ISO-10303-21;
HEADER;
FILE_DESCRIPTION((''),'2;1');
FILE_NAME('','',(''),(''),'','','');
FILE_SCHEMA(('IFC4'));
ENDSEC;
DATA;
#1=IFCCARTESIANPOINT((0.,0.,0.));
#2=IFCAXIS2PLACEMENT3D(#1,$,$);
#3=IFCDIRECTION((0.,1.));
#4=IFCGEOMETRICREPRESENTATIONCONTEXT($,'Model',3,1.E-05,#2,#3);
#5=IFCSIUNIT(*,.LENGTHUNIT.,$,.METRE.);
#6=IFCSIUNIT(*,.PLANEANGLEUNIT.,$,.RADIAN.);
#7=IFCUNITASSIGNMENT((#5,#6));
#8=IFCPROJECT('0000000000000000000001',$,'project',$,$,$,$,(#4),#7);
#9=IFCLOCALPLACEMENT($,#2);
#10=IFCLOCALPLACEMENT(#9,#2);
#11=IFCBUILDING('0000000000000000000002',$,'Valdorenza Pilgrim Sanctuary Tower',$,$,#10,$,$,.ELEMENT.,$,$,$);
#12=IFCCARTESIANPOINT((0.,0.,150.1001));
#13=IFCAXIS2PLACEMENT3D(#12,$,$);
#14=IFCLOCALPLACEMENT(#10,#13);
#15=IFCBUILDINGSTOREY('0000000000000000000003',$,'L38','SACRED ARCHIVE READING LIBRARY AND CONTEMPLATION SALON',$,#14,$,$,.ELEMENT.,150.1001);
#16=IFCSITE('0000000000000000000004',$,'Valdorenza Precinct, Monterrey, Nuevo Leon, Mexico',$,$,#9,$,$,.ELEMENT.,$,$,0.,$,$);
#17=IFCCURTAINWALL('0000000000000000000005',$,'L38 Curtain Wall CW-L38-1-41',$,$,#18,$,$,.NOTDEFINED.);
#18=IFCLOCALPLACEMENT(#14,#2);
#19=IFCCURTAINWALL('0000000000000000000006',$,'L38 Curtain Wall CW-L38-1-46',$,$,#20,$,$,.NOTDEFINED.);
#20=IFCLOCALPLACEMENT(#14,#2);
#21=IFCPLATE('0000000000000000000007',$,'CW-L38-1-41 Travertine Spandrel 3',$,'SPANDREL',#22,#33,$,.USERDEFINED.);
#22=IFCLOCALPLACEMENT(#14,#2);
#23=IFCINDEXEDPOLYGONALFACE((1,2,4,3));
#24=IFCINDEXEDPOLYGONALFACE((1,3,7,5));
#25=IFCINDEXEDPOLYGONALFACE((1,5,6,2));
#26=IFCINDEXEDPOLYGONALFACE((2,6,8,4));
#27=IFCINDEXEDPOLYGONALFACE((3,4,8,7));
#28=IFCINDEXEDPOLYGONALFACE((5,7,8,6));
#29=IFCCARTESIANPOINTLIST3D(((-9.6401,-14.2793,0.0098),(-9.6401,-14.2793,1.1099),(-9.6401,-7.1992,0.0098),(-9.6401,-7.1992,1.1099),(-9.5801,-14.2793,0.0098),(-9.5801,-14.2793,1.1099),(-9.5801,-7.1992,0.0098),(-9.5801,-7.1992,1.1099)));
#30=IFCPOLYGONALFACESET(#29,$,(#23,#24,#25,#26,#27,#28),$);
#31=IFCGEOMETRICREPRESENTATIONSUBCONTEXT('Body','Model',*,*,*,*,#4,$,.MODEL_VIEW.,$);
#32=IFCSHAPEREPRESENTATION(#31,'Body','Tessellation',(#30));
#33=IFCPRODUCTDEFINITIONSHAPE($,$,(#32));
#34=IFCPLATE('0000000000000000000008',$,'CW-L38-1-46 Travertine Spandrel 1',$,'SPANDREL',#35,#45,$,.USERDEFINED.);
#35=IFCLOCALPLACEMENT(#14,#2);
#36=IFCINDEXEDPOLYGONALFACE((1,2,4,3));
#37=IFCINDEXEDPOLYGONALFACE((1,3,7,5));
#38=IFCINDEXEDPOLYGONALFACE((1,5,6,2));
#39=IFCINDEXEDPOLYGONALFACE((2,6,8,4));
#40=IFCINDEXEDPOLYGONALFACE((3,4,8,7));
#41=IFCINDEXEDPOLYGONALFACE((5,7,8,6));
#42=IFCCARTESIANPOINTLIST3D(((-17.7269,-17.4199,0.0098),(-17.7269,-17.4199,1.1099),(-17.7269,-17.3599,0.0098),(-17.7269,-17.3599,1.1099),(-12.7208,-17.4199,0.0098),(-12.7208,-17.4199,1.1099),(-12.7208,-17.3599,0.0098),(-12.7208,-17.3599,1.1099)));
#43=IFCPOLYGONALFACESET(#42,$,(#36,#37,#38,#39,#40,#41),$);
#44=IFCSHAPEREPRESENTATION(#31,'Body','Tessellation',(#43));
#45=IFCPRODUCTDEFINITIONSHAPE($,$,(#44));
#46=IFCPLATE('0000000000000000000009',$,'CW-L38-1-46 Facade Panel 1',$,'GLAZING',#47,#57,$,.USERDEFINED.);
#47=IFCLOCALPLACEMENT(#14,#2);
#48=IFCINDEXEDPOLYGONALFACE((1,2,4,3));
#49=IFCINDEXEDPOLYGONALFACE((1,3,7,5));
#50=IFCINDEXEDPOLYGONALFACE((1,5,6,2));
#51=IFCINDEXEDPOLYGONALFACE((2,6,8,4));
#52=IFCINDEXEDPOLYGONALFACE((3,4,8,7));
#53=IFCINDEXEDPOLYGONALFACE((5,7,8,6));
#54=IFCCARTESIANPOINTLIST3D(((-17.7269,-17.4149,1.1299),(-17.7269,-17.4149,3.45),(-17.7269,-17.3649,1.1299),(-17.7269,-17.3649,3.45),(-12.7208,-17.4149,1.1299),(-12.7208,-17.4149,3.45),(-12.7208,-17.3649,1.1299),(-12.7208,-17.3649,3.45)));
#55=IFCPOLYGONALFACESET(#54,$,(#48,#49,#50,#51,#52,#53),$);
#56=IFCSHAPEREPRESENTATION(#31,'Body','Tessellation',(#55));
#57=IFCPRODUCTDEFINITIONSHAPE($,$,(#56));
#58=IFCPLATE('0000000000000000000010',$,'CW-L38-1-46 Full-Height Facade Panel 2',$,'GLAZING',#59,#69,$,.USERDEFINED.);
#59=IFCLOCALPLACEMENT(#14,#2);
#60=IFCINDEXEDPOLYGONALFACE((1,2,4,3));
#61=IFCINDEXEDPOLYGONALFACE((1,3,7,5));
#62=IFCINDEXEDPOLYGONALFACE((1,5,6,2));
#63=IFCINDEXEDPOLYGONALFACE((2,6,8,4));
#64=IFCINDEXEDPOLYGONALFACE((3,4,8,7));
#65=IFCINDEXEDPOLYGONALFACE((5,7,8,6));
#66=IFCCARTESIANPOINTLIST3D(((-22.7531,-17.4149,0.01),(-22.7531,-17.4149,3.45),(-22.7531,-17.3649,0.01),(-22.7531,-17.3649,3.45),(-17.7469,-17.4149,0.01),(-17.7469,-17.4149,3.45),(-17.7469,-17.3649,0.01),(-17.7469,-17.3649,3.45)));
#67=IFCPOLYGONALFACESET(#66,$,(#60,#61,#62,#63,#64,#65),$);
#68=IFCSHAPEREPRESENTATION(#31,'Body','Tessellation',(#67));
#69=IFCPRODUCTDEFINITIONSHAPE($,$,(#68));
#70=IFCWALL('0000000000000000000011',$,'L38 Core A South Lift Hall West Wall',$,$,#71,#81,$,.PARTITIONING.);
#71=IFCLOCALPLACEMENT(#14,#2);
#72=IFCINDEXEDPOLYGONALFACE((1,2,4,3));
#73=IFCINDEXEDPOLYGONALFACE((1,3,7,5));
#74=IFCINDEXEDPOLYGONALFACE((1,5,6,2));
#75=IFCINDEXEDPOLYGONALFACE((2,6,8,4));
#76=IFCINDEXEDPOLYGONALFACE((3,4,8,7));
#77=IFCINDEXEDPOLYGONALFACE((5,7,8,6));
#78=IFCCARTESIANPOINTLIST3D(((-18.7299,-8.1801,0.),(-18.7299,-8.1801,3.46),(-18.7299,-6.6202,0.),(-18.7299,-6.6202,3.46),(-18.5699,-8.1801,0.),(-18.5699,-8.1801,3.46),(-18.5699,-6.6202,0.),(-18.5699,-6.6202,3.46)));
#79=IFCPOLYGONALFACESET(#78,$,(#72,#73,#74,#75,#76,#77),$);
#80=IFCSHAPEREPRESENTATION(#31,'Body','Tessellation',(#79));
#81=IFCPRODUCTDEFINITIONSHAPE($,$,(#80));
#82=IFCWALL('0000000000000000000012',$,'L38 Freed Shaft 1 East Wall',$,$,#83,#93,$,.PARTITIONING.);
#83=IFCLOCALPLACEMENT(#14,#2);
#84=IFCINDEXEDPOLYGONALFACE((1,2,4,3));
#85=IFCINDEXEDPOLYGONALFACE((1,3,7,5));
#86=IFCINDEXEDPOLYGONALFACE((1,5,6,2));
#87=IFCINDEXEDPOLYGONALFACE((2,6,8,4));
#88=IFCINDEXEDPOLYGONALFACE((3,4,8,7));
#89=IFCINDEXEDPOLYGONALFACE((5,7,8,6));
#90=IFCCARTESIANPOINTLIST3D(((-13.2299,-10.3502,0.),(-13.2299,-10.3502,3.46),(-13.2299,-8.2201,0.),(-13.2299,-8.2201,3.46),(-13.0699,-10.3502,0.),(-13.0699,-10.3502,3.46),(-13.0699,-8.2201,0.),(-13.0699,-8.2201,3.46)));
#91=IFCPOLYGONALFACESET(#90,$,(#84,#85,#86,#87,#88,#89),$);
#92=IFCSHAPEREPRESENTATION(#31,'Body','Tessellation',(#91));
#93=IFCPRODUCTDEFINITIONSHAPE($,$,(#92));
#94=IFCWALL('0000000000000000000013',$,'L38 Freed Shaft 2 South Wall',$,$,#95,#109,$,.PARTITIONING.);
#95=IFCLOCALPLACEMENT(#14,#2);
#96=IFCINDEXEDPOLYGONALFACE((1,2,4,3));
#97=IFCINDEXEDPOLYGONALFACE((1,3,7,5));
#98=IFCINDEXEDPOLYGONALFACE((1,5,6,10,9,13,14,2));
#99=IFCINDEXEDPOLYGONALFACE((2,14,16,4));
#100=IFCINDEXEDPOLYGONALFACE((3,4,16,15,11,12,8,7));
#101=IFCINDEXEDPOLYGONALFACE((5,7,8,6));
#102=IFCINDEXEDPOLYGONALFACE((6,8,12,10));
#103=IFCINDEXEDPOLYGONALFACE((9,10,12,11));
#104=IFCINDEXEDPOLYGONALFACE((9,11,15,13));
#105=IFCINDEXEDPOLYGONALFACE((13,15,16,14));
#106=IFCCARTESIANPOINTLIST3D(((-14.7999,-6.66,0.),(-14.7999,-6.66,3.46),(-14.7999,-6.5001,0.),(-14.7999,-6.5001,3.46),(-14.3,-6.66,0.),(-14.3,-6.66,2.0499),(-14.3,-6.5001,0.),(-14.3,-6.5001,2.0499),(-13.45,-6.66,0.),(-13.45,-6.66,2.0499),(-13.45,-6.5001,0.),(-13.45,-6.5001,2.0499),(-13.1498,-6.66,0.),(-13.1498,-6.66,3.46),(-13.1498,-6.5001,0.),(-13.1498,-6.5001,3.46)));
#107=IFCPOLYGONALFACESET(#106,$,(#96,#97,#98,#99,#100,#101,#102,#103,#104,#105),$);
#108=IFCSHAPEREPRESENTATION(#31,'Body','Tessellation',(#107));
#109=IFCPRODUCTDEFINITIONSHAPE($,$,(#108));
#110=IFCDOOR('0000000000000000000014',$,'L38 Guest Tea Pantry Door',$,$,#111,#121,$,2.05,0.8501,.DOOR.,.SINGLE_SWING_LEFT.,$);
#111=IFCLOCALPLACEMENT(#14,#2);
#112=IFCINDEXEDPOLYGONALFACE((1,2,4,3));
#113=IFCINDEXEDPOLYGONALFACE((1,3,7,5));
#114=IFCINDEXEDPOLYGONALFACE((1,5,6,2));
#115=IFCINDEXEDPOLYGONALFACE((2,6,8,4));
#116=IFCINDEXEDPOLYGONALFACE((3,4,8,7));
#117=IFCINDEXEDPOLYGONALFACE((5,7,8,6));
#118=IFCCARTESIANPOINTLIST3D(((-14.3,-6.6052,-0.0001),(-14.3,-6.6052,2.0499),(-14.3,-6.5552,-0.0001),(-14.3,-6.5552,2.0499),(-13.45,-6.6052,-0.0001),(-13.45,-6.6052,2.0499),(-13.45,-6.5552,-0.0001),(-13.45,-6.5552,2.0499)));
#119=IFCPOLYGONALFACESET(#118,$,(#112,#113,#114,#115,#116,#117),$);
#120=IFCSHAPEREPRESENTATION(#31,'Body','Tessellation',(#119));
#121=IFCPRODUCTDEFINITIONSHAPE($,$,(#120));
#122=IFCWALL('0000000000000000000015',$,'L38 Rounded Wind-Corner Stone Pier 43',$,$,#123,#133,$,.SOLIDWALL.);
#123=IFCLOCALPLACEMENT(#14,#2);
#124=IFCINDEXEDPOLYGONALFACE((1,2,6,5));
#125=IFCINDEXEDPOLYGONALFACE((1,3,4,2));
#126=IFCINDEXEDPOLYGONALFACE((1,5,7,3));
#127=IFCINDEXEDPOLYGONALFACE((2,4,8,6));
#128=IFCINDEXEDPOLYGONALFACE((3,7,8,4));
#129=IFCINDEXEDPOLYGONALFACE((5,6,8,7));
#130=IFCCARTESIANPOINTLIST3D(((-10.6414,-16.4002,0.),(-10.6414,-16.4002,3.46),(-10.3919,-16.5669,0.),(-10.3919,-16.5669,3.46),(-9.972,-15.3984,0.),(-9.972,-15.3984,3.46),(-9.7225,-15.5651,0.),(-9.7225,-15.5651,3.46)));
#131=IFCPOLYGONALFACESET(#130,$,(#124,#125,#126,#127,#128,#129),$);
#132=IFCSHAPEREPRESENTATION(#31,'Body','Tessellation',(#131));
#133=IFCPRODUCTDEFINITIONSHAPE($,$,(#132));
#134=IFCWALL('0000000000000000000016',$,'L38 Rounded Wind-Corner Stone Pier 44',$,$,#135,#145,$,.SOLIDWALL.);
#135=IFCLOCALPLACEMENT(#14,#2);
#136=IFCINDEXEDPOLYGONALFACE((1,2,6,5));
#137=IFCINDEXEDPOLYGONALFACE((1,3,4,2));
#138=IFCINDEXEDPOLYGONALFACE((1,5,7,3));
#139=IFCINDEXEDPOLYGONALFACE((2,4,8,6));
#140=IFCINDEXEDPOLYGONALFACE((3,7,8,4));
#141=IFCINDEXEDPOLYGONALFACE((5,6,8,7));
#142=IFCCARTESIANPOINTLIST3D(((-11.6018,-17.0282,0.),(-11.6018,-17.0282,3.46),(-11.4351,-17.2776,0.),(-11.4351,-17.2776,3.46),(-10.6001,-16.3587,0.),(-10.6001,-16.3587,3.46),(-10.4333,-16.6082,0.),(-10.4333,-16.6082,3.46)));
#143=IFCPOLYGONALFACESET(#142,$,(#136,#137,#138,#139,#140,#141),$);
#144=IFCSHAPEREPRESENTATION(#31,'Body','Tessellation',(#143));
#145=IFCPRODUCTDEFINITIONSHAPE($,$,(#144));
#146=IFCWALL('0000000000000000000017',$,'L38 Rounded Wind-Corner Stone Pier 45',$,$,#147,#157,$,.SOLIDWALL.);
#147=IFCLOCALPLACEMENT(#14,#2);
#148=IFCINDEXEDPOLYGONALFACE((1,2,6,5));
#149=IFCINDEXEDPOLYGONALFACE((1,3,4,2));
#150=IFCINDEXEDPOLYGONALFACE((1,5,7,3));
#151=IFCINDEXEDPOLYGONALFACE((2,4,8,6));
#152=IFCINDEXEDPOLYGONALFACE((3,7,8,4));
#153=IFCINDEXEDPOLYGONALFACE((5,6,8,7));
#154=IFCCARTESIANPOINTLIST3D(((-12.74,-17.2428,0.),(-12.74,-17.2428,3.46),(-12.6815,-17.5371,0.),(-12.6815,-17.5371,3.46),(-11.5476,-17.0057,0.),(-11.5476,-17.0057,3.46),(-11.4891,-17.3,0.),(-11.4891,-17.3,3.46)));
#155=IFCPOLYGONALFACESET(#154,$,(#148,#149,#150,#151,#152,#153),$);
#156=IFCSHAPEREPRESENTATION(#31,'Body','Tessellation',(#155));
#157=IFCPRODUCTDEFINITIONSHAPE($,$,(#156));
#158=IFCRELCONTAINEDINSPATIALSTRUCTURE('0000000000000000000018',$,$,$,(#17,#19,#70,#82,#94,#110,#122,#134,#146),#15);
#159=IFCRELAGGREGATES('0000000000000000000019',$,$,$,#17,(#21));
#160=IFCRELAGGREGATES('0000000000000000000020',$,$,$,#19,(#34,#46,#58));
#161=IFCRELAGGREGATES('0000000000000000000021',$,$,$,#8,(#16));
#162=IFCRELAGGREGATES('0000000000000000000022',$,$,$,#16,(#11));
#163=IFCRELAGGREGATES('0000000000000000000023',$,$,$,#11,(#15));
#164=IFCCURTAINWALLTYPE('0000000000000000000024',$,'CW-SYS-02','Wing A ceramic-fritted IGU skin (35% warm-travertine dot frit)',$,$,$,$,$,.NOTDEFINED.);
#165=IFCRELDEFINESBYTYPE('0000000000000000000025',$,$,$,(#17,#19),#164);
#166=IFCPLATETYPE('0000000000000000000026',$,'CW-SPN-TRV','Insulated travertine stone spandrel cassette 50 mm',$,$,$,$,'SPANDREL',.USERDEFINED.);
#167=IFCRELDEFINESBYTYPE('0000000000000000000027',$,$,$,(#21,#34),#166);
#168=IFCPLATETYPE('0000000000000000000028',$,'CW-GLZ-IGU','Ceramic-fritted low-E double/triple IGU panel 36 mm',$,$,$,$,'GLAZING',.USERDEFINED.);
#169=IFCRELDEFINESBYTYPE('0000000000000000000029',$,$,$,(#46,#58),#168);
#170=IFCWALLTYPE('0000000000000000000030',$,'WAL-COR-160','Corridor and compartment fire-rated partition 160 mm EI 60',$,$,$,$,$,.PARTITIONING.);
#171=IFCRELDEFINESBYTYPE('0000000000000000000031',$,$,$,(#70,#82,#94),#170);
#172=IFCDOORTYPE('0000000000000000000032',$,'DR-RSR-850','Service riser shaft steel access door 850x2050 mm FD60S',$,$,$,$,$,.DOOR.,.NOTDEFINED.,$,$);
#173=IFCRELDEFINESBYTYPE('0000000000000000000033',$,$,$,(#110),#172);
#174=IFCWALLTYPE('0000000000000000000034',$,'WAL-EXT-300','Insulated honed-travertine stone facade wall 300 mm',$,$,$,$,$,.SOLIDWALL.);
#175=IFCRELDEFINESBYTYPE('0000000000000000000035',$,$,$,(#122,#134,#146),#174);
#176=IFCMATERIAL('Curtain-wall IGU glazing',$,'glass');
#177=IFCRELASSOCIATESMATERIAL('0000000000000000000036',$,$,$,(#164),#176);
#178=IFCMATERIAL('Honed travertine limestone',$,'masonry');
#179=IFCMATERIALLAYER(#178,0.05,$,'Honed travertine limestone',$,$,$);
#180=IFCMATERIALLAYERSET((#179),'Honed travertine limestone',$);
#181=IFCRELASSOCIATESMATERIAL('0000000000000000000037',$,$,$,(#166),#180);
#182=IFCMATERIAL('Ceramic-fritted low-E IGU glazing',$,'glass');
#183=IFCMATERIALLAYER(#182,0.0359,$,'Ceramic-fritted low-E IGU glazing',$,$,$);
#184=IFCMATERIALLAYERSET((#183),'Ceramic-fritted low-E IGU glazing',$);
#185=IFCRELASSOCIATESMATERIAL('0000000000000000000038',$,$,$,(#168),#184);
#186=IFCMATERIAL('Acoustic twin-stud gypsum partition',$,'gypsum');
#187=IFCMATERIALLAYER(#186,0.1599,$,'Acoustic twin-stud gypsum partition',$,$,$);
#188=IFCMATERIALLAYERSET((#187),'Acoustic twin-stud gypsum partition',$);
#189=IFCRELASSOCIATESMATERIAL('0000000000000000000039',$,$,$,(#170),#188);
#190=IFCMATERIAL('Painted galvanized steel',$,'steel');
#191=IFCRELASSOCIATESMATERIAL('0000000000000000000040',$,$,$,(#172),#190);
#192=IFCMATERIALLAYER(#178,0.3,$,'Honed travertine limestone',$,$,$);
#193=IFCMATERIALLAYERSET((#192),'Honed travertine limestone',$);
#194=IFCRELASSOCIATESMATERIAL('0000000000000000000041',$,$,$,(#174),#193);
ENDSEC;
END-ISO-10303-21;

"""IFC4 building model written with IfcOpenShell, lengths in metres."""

from ifc_helpers import new_model, si_unit, direction, frame, frame_2d, origin, origin_2d, place, context, subcontext, project, spatial, rectangle, extrude, source, transform, mapped, material, layer, layer_set, type_object, element, fill, aggregate, save


model = new_model("IFC4")

# Units and contexts
model_context = context("Model", 3, precision=1e-05, world=origin(), true_north=direction((0.0, 1.0)))
body_context = subcontext(model_context, "Body", "Model", "MODEL_VIEW")
ifc_project = project(units=[si_unit("LENGTHUNIT", "METRE"), si_unit("PLANEANGLEUNIT", "RADIAN")], contexts=[model_context])

# Site, building, storey
site_placement = place(None, origin())
site = spatial("IfcSite", under=ifc_project, at=site_placement, Name="Valdorenza Precinct, Monterrey, Nuevo Leon, Mexico", CompositionType="ELEMENT", RefElevation=0.0)
building_placement = place(site_placement, origin())
building = spatial("IfcBuilding", under=site, at=building_placement, Name="Valdorenza Pilgrim Sanctuary Tower", CompositionType="ELEMENT")
storey_placement = place(building_placement, frame((0.0, 0.0, 150.1001)))
storey = spatial("IfcBuildingStorey", under=building, at=storey_placement, Name="L38", Description="SACRED ARCHIVE READING LIBRARY AND CONTEMPLATION SALON", CompositionType="ELEMENT", Elevation=150.1001)

# Curtain walls
ifc_material_1 = material(Name="Curtain-wall IGU glazing", Category="glass")
curtain_wall_type = type_object("IfcCurtainWallType", Name="CW-SYS-02", Description="Wing A ceramic-fritted IGU skin (35% warm-travertine dot frit)", PredefinedType="NOTDEFINED", material=ifc_material_1)
curtain_wall_1_placement = place(storey_placement, origin())
curtain_wall_1 = element("IfcCurtainWall", 1, at=curtain_wall_1_placement, inside=storey, type_object=curtain_wall_type, Name="L38 Curtain Wall CW-L38-1-41", PredefinedType="NOTDEFINED")
curtain_wall_2_placement = place(storey_placement, origin())
curtain_wall_2 = element("IfcCurtainWall", 2, at=curtain_wall_2_placement, inside=storey, type_object=curtain_wall_type, Name="L38 Curtain Wall CW-L38-1-46", PredefinedType="NOTDEFINED")

# Plates
ifc_material_2 = material(Name="Honed travertine limestone", Category="masonry")
ifc_layer_1 = layer(ifc_material_2, 0.05, Name="Honed travertine limestone")
ifc_layer_set_1 = layer_set([ifc_layer_1], Name="Honed travertine limestone")
plate_type_1 = type_object("IfcPlateType", Name="CW-SPN-TRV", Description="Insulated travertine stone spandrel cassette 50 mm", ElementType="SPANDREL", PredefinedType="USERDEFINED", material=ifc_layer_set_1)
shared_shape_1 = source(origin(), body_context, "Body", "SweptSolid", [
    extrude(rectangle(XDim=7.0801, YDim=0.0601, at=origin_2d()), origin(), (0.0, 0.0, 1.0), 1.1001),
])
plate_1_placement = place(storey_placement, frame((-9.6101, -10.7393, 0.0098), z_axis=(0.0, 0.0, 1.0), x_axis=(0.0, -1.0, 0.0)))
plate_1 = element("IfcPlate", 3, at=plate_1_placement, type_object=plate_type_1, Name="CW-L38-1-41 Travertine Spandrel 3", ObjectType="SPANDREL", PredefinedType="USERDEFINED", context=body_context, shape_type="MappedRepresentation", body=[
    mapped(shared_shape_1, transform((0.0, 0.0, 0.0), x_axis=(1.0, 0.0, 0.0), y_axis=(0.0, 1.0, 0.0), z_axis=(0.0, 0.0, 1.0), scale=1.0)),
])
aggregate(curtain_wall_1, [plate_1])
shared_shape_2 = source(origin(), body_context, "Body", "SweptSolid", [
    extrude(rectangle(XDim=5.0061, YDim=0.0601, at=origin_2d()), origin(), (0.0, 0.0, 1.0), 1.1001),
])
plate_2_placement = place(storey_placement, frame((-15.2239, -17.3899, 0.0098), z_axis=(0.0, 0.0, 1.0), x_axis=(-1.0, 0.0, 0.0)))
plate_2 = element("IfcPlate", 4, at=plate_2_placement, type_object=plate_type_1, Name="CW-L38-1-46 Travertine Spandrel 1", ObjectType="SPANDREL", PredefinedType="USERDEFINED", context=body_context, shape_type="MappedRepresentation", body=[
    mapped(shared_shape_2, transform((0.0, 0.0, 0.0), x_axis=(1.0, 0.0, 0.0), y_axis=(0.0, 1.0, 0.0), z_axis=(0.0, 0.0, 1.0), scale=1.0)),
])
ifc_material_3 = material(Name="Ceramic-fritted low-E IGU glazing", Category="glass")
ifc_layer_2 = layer(ifc_material_3, 0.0359, Name="Ceramic-fritted low-E IGU glazing")
ifc_layer_set_2 = layer_set([ifc_layer_2], Name="Ceramic-fritted low-E IGU glazing")
plate_type_2 = type_object("IfcPlateType", Name="CW-GLZ-IGU", Description="Ceramic-fritted low-E double/triple IGU panel 36 mm", ElementType="GLAZING", PredefinedType="USERDEFINED", material=ifc_layer_set_2)
shared_shape_3 = source(origin(), body_context, "Body", "SweptSolid", [
    extrude(rectangle(XDim=5.0061, YDim=0.05, at=origin_2d()), origin(), (0.0, 0.0, 1.0), 2.3201),
])
plate_3_placement = place(storey_placement, frame((-15.2239, -17.3899, 1.1299), z_axis=(0.0, 0.0, 1.0), x_axis=(-1.0, 0.0, 0.0)))
plate_3 = element("IfcPlate", 5, at=plate_3_placement, type_object=plate_type_2, Name="CW-L38-1-46 Facade Panel 1", ObjectType="GLAZING", PredefinedType="USERDEFINED", context=body_context, shape_type="MappedRepresentation", body=[
    mapped(shared_shape_3, transform((0.0, 0.0, 0.0), x_axis=(1.0, 0.0, 0.0), y_axis=(0.0, 1.0, 0.0), z_axis=(0.0, 0.0, 1.0), scale=1.0)),
])
shared_shape_4 = source(origin(), body_context, "Body", "SweptSolid", [
    extrude(rectangle(XDim=5.0061, YDim=0.05, at=origin_2d()), origin(), (0.0, 0.0, 1.0), 3.4399),
])
plate_4_placement = place(storey_placement, frame((-20.25, -17.3899, 0.01), z_axis=(0.0, 0.0, 1.0), x_axis=(-1.0, 0.0, 0.0)))
plate_4 = element("IfcPlate", 6, at=plate_4_placement, type_object=plate_type_2, Name="CW-L38-1-46 Full-Height Facade Panel 2", ObjectType="GLAZING", PredefinedType="USERDEFINED", context=body_context, shape_type="MappedRepresentation", body=[
    mapped(shared_shape_4, transform((0.0, 0.0, 0.0), x_axis=(1.0, 0.0, 0.0), y_axis=(0.0, 1.0, 0.0), z_axis=(0.0, 0.0, 1.0), scale=1.0)),
])
aggregate(curtain_wall_2, [plate_2, plate_3, plate_4])

# Wall
ifc_material_4 = material(Name="Acoustic twin-stud gypsum partition", Category="gypsum")
ifc_layer_3 = layer(ifc_material_4, 0.1599, Name="Acoustic twin-stud gypsum partition")
ifc_layer_set_3 = layer_set([ifc_layer_3], Name="Acoustic twin-stud gypsum partition")
wall_type_1 = type_object("IfcWallType", Name="WAL-COR-160", Description="Corridor and compartment fire-rated partition 160 mm EI 60", PredefinedType="PARTITIONING", material=ifc_layer_set_3)
wall_1_placement = place(storey_placement, frame((-18.6499, -8.1799, 0.0), z_axis=(0.0, 0.0, 1.0), x_axis=(0.0, 1.0, 0.0)))
element("IfcWall", 7, at=wall_1_placement, inside=storey, type_object=wall_type_1, Name="L38 Core A South Lift Hall West Wall", PredefinedType="PARTITIONING", context=body_context, shape_type="SweptSolid", body=[
    extrude(rectangle(XDim=1.5598, YDim=0.1599, at=frame_2d((0.7798, 0.0))), origin(), (0.0, 0.0, 1.0), 3.46),
])

# Wall
wall_2_placement = place(storey_placement, frame((-13.1499, -10.3501, 0.0), z_axis=(0.0, 0.0, 1.0), x_axis=(0.0, 1.0, 0.0)))
element("IfcWall", 8, at=wall_2_placement, inside=storey, type_object=wall_type_1, Name="L38 Freed Shaft 1 East Wall", PredefinedType="PARTITIONING", context=body_context, shape_type="SweptSolid", body=[
    extrude(rectangle(XDim=2.1301, YDim=0.1599, at=frame_2d((1.0649, 0.0))), origin(), (0.0, 0.0, 1.0), 3.46),
])

# Wall, opening, door
wall_3_placement = place(storey_placement, frame((-14.8, -6.5801, 0.0), z_axis=(0.0, 0.0, 1.0), x_axis=(1.0, 0.0, 0.0)))
wall_3 = element("IfcWall", 9, at=wall_3_placement, inside=storey, type_object=wall_type_1, Name="L38 Freed Shaft 2 South Wall", PredefinedType="PARTITIONING", context=body_context, shape_type="SweptSolid", body=[
    extrude(rectangle(XDim=1.6501, YDim=0.1599, at=frame_2d((0.8252, 0.0))), origin(), (0.0, 0.0, 1.0), 3.46),
])
opening_1_placement = place(wall_3_placement, frame((0.5, 0.0, 0.0)))
opening_1 = element("IfcOpeningElement", 10, at=opening_1_placement, cuts=wall_3, PredefinedType="OPENING", context=body_context, shape_type="SweptSolid", body=[
    extrude(rectangle(XDim=0.8501, YDim=2.05, at=frame_2d((0.425, 1.0249))), frame((0.0, 0.0947, 0.0), z_axis=(0.0, -1.0, 0.0), x_axis=(1.0, 0.0, 0.0)), (0.0, 0.0, 1.0), 0.1897),
])
ifc_material_5 = material(Name="Painted galvanized steel", Category="steel")
door_type_1 = type_object("IfcDoorType", Name="DR-RSR-850", Description="Service riser shaft steel access door 850x2050 mm FD60S", OperationType="NOTDEFINED", PredefinedType="DOOR", material=ifc_material_5)
door_1_placement = place(opening_1_placement, origin())
door_1 = element("IfcDoor", 11, at=door_1_placement, inside=storey, type_object=door_type_1, Name="L38 Guest Tea Pantry Door", OperationType="SINGLE_SWING_LEFT", OverallHeight=2.05, OverallWidth=0.8501, PredefinedType="DOOR", context=body_context, shape_type="SweptSolid", body=[
    extrude(rectangle(XDim=0.8501, YDim=2.05, at=frame_2d((0.425, 1.0249))), frame((0.0, 0.0249, 0.0), z_axis=(0.0, -1.0, 0.0), x_axis=(1.0, 0.0, 0.0)), (0.0, 0.0, 1.0), 0.05),
])
fill(opening_1, door_1)

# Walls
ifc_layer_4 = layer(ifc_material_2, 0.3, Name="Honed travertine limestone")
ifc_layer_set_4 = layer_set([ifc_layer_4], Name="Honed travertine limestone")
wall_type_2 = type_object("IfcWallType", Name="WAL-EXT-300", Description="Insulated honed-travertine stone facade wall 300 mm", PredefinedType="SOLIDWALL", material=ifc_layer_set_4)
for number, where, z_axis, x_axis, name in (
    (12, (-9.8472, -15.4817, 0.0), (0.0, 0.0, 1.0), (-0.555635, -0.831426, 0.0), "L38 Rounded Wind-Corner Stone Pier 43"),
    (13, (-10.5166, -16.4834, 0.0), (0.0, 0.0, 1.0), (-0.831426, -0.555635, 0.0), "L38 Rounded Wind-Corner Stone Pier 44"),
):
    element("IfcWall", number, at=place(storey_placement, frame(where, z_axis=z_axis, x_axis=x_axis)), inside=storey, type_object=wall_type_2, Name=name, PredefinedType="SOLIDWALL", context=body_context, shape_type="SweptSolid", body=[
        extrude(rectangle(XDim=1.2048, YDim=0.3, at=frame_2d((0.6025, 0.0))), origin(), (0.0, 0.0, 1.0), 3.46),
    ])
wall_4_placement = place(storey_placement, frame((-11.5183, -17.1528, 0.0), z_axis=(0.0, 0.0, 1.0), x_axis=(-0.980804, -0.194996, 0.0)))
element("IfcWall", 14, at=wall_4_placement, inside=storey, type_object=wall_type_2, Name="L38 Rounded Wind-Corner Stone Pier 45", PredefinedType="SOLIDWALL", context=body_context, shape_type="SweptSolid", body=[
    extrude(rectangle(XDim=1.2158, YDim=0.3, at=frame_2d((0.6079, 0.0))), origin(), (0.0, 0.0, 1.0), 3.46),
])

save(model, "model.ifc")
